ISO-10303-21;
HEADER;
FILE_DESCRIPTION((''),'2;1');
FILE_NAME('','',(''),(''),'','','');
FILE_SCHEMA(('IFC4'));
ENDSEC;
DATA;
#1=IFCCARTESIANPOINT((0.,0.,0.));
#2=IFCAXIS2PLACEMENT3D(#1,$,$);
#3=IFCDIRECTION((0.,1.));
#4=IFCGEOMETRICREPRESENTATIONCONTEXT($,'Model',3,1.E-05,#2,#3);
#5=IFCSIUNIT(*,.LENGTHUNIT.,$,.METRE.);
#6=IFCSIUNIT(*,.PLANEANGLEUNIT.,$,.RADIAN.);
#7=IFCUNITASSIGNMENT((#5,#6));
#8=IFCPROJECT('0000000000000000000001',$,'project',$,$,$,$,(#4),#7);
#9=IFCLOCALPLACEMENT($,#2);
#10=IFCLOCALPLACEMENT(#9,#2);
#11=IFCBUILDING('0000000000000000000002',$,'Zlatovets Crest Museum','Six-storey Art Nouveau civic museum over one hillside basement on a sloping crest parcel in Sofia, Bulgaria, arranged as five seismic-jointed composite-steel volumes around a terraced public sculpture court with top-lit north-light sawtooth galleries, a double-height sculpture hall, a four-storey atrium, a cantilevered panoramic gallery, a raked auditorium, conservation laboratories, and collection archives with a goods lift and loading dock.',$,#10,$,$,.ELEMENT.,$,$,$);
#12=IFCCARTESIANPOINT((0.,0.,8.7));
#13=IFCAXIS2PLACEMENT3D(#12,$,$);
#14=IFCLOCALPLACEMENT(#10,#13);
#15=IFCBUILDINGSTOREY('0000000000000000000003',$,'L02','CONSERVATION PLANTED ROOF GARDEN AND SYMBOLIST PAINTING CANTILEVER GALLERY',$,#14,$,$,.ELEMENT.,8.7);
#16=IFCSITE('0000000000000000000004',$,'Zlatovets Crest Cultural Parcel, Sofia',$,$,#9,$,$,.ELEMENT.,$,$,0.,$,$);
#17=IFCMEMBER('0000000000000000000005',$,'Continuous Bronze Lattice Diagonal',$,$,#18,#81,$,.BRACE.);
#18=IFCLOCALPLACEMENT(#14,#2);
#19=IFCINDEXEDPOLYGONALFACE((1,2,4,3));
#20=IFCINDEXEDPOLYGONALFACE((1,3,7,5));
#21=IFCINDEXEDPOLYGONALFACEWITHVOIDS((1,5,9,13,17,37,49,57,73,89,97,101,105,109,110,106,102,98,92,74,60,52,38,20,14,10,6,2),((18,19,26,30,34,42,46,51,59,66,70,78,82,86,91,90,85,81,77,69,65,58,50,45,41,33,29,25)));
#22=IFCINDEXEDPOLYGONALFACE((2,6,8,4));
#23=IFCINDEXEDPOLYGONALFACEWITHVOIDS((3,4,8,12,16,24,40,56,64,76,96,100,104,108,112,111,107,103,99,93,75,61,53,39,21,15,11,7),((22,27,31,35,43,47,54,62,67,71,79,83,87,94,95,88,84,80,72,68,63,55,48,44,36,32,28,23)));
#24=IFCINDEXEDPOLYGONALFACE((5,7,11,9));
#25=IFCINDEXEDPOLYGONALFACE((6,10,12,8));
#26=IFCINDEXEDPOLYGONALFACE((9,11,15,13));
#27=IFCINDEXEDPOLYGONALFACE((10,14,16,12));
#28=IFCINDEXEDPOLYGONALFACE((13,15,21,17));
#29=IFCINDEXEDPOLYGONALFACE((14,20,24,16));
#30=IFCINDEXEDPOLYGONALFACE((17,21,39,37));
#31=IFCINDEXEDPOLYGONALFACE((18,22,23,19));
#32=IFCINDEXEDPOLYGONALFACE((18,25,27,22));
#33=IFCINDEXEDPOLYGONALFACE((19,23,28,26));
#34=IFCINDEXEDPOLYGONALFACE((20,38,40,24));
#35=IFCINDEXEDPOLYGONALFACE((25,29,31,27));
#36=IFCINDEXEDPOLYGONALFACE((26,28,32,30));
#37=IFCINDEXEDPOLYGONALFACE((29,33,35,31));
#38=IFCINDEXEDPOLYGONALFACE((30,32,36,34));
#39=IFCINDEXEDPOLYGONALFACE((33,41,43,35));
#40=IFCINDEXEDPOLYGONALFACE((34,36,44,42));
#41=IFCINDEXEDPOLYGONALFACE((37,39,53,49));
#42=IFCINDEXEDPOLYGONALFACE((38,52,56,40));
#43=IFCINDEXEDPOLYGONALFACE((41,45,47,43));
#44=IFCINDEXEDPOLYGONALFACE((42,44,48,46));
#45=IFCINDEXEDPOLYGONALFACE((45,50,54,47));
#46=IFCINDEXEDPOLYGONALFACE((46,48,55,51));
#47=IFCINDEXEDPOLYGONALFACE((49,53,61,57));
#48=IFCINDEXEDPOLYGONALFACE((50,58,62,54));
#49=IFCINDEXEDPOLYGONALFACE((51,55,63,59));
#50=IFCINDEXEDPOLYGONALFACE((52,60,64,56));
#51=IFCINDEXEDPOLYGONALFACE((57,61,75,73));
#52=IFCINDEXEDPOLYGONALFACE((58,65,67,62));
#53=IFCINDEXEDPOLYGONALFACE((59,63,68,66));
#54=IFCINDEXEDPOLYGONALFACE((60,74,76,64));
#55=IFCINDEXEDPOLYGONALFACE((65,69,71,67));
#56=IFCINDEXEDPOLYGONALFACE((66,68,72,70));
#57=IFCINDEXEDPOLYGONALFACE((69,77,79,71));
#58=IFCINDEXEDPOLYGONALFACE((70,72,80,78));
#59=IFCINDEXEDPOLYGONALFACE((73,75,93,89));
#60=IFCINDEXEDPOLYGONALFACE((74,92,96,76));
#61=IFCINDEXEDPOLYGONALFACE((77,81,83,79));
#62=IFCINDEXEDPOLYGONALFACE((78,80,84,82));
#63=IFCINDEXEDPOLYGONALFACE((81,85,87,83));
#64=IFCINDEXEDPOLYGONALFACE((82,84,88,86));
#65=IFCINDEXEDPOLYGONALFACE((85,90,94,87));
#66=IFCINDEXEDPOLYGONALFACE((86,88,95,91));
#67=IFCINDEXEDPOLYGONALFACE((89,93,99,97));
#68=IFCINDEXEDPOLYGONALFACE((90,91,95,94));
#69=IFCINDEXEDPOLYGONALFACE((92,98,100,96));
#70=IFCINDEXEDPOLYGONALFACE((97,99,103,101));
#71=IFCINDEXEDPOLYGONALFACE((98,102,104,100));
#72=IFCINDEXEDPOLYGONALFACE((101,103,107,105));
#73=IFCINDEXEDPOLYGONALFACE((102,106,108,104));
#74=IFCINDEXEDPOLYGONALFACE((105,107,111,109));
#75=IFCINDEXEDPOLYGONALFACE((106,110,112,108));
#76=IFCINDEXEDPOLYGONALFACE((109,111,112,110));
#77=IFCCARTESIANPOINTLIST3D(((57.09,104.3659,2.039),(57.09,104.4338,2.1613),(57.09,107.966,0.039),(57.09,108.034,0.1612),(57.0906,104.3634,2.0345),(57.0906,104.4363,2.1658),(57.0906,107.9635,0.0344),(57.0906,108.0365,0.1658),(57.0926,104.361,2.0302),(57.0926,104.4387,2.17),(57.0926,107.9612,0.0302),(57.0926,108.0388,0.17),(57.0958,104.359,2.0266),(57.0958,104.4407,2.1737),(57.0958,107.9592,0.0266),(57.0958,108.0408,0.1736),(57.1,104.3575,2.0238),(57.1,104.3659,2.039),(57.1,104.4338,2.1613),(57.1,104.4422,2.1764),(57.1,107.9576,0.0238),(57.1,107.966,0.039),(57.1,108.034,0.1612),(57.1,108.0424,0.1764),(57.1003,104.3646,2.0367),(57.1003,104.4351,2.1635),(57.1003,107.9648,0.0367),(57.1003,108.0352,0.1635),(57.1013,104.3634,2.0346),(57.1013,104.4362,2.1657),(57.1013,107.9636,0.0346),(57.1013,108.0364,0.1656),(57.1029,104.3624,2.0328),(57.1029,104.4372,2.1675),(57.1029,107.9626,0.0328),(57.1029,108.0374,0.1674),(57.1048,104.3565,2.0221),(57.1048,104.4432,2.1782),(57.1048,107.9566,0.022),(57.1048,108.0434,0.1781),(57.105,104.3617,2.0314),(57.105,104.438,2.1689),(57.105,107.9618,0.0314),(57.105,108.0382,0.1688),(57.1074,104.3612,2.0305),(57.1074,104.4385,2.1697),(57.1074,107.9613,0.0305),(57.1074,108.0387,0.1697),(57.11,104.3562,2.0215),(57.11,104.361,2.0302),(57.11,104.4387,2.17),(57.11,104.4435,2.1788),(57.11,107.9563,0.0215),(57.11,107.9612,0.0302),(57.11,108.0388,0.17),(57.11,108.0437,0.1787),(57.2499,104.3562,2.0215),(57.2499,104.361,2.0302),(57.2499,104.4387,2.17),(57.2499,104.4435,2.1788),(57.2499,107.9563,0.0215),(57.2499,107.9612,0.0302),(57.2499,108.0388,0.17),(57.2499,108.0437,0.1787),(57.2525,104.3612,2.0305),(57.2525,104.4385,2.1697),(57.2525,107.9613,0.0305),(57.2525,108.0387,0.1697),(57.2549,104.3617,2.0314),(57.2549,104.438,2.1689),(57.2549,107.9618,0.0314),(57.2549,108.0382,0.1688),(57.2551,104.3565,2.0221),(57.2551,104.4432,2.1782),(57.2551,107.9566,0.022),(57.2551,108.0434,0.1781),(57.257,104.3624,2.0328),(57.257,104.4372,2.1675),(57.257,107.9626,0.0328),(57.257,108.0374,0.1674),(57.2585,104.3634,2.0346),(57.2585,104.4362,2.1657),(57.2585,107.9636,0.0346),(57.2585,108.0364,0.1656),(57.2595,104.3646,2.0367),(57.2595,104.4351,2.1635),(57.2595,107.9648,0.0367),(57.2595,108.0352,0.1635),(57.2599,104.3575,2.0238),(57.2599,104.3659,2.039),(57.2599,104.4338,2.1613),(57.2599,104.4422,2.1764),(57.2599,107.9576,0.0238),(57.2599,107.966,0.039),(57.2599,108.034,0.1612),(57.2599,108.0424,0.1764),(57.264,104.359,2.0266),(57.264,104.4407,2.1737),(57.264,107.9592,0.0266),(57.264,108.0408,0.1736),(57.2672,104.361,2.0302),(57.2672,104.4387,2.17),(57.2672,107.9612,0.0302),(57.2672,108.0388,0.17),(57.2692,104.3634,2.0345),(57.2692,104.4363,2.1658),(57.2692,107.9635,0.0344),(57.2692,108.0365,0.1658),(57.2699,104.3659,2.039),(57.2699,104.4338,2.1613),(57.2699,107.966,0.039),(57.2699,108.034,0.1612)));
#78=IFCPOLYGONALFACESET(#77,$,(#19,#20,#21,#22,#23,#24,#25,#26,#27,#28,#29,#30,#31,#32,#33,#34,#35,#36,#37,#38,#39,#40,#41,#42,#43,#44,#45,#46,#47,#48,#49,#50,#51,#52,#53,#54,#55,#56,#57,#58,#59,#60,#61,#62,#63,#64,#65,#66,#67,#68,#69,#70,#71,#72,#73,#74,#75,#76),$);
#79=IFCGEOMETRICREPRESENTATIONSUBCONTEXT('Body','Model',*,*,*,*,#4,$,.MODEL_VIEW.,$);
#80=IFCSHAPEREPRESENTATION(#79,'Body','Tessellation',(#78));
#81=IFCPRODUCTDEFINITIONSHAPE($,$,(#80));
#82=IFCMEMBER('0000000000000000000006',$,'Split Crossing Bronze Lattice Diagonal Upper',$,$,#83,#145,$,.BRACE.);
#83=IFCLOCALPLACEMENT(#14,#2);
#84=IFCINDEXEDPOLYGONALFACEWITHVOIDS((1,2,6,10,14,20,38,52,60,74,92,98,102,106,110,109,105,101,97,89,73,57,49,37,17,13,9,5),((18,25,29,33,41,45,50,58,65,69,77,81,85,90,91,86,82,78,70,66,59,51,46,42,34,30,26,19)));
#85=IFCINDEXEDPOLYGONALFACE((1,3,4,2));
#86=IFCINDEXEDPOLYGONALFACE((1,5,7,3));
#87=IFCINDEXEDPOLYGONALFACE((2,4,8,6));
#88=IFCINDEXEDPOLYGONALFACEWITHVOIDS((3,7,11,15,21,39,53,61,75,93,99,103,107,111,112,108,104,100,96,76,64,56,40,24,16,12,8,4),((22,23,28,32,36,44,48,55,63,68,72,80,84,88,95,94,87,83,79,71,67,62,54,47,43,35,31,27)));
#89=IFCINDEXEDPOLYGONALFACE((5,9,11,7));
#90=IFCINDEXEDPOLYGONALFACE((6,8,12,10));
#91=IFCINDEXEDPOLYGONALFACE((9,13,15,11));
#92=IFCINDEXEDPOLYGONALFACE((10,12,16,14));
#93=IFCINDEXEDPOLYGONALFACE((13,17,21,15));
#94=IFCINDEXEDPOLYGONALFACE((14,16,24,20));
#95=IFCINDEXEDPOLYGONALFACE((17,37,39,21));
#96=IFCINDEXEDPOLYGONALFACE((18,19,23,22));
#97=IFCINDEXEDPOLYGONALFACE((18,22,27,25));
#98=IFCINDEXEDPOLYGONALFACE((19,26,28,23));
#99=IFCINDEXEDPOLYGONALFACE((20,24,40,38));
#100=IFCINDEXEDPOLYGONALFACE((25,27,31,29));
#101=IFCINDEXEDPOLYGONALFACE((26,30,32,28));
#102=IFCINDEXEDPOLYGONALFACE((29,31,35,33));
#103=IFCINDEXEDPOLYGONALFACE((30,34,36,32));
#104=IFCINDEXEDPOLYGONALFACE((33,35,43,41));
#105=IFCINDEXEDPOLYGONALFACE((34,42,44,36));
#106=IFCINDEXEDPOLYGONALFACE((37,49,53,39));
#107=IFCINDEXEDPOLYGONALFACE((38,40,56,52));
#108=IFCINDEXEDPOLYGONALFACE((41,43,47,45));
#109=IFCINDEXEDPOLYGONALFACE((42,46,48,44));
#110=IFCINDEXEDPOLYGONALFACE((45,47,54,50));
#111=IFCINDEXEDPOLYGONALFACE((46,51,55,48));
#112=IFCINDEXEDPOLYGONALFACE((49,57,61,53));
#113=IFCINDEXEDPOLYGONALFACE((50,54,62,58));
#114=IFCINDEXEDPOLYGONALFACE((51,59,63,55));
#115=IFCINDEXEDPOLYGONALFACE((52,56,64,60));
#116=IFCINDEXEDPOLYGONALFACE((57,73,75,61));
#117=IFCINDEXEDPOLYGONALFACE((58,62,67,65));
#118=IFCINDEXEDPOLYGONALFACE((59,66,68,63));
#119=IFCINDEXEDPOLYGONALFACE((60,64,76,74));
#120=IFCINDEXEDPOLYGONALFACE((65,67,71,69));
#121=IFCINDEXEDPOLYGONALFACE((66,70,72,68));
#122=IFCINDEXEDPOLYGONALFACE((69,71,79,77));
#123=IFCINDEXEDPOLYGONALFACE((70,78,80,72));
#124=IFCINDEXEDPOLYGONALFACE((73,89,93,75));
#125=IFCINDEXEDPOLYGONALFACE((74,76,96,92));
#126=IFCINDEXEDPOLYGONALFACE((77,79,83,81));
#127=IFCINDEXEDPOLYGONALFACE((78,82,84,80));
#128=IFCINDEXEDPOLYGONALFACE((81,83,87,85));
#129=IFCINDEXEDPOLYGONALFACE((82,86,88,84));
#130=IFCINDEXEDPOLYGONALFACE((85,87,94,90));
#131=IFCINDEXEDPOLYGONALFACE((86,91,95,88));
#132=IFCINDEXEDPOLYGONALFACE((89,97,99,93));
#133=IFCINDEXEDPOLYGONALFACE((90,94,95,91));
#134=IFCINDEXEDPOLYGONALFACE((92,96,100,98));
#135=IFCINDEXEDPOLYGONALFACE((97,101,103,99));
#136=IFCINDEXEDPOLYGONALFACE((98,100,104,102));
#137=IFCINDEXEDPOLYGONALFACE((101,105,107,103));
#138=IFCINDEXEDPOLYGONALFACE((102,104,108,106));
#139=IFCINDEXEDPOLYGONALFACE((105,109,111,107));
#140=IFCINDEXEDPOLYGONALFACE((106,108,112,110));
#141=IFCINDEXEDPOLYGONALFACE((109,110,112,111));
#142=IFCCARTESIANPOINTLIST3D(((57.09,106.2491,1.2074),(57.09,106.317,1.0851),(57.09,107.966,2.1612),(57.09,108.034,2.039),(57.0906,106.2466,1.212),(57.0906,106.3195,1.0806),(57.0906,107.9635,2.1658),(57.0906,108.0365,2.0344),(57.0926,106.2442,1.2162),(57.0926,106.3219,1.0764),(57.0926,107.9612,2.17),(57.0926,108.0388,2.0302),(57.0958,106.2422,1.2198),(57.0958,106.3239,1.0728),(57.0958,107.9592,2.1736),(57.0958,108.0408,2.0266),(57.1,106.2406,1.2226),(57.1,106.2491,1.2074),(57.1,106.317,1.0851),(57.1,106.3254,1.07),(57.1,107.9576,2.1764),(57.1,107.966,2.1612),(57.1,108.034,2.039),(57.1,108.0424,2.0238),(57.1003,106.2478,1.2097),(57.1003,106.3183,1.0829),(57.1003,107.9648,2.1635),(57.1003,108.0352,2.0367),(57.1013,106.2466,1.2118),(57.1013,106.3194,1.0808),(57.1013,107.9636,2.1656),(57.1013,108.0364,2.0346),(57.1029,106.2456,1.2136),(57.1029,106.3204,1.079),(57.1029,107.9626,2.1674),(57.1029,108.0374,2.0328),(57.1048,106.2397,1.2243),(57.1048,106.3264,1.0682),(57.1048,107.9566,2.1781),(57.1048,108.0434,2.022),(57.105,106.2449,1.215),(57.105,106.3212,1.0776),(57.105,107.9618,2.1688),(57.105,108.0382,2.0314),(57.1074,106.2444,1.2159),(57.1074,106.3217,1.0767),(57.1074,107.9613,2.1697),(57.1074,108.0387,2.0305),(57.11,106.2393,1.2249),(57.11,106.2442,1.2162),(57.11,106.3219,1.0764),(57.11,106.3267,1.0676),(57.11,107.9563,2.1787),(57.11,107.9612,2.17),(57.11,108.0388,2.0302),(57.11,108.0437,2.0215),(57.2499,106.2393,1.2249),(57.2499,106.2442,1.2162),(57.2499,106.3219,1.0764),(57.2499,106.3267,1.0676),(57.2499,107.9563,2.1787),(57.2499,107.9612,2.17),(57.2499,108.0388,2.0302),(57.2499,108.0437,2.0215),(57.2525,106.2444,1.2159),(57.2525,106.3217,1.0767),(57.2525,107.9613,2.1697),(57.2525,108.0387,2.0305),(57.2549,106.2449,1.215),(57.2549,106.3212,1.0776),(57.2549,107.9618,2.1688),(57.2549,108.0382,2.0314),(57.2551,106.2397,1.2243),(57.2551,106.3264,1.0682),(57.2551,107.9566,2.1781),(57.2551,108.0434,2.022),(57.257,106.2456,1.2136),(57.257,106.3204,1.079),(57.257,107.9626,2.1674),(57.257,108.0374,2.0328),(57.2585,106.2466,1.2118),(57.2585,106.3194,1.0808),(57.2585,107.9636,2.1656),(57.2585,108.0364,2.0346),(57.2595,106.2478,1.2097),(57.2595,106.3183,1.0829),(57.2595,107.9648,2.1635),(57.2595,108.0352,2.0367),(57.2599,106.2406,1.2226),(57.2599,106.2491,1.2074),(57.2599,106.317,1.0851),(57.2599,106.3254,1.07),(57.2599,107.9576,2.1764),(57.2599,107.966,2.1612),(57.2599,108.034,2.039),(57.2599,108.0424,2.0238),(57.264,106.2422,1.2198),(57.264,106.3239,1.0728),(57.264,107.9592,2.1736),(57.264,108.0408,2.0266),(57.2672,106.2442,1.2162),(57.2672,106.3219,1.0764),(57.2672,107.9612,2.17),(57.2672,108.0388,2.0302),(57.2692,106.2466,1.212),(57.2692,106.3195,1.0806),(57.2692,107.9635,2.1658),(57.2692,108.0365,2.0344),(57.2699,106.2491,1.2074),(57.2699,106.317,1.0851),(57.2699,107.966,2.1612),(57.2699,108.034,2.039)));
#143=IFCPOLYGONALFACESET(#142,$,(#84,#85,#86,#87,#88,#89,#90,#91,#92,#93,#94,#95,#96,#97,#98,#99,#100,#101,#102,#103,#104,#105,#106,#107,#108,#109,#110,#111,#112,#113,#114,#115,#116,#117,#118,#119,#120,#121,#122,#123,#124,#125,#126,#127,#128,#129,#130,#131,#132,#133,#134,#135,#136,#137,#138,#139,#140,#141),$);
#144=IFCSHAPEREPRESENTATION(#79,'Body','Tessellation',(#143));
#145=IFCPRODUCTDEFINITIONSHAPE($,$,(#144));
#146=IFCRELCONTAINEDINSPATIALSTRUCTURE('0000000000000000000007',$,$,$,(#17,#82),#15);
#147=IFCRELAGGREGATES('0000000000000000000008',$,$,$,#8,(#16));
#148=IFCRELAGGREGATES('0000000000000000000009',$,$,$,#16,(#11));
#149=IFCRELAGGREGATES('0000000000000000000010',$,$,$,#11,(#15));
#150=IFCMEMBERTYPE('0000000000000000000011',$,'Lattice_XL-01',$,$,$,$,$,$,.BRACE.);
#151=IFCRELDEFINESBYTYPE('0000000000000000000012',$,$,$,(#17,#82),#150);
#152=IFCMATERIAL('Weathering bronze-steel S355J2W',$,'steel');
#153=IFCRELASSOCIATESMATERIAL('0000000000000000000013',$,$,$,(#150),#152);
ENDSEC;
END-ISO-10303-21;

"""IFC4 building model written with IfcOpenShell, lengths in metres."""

from ifc_helpers import new_model, si_unit, direction, frame, origin, origin_2d, place, context, subcontext, project, spatial, hollow_rectangle, extrude, material, material_profile, profile_set, type_object, element, save


model = new_model("IFC4")

# Units and contexts
model_context = context("Model", 3, precision=1e-05, world=origin(), true_north=direction((0.0, 1.0)))
body_context = subcontext(model_context, "Body", "Model", "MODEL_VIEW")
ifc_project = project(units=[si_unit("LENGTHUNIT", "METRE"), si_unit("PLANEANGLEUNIT", "RADIAN")], contexts=[model_context])

# Site, building, storey
site_placement = place(None, origin())
site = spatial("IfcSite", under=ifc_project, at=site_placement, Name="Zlatovets Crest Cultural Parcel, Sofia", CompositionType="ELEMENT", RefElevation=0.0)
building_placement = place(site_placement, origin())
building = spatial("IfcBuilding", under=site, at=building_placement, Name="Zlatovets Crest Museum", Description="Six-storey Art Nouveau civic museum over one hillside basement on a sloping crest parcel in Sofia, Bulgaria, arranged as five seismic-jointed composite-steel volumes around a terraced public sculpture court with top-lit north-light sawtooth galleries, a double-height sculpture hall, a four-storey atrium, a cantilevered panoramic gallery, a raked auditorium, conservation laboratories, and collection archives with a goods lift and loading dock.", CompositionType="ELEMENT")
storey_placement = place(building_placement, frame((0.0, 0.0, 8.7)))
storey = spatial("IfcBuildingStorey", under=building, at=storey_placement, Name="L02", Description="CONSERVATION PLANTED ROOF GARDEN AND SYMBOLIST PAINTING CANTILEVER GALLERY", CompositionType="ELEMENT", Elevation=8.7)

# Members
ifc_material_1 = material(Name="Weathering bronze-steel S355J2W", Category="steel")
ifc_material_profile_1 = material_profile(ifc_material_1, hollow_rectangle(XDim=0.1799, YDim=0.1799, WallThickness=0.01, InnerFilletRadius=0.01, OuterFilletRadius=0.02, at=origin_2d()), Name="SHS 180x180x10.0")
ifc_profile_set_1 = profile_set([ifc_material_profile_1], Name="Weathering bronze-steel S355J2W")
member_type_1 = type_object("IfcMemberType", Name="Lattice_XL-01", PredefinedType="BRACE", material=ifc_profile_set_1)
member_1_placement = place(storey_placement, frame((57.1799, 108.0, 0.1001), z_axis=(0.0, -0.874163, 0.485633), x_axis=(1.0, 0.0, 0.0)))
element("IfcMember", 1, at=member_1_placement, inside=storey, type_object=member_type_1, Name="Continuous Bronze Lattice Diagonal", PredefinedType="BRACE", context=body_context, shape_type="SweptSolid", body=[
    extrude(hollow_rectangle(XDim=0.1799, YDim=0.1799, WallThickness=0.01, InnerFilletRadius=0.01, OuterFilletRadius=0.02, at=origin_2d()), origin(), (0.0, 0.0, 1.0), 4.1184),
])
for number, where, z_axis, x_axis, name in (
    (2, (57.1799, 108.0, 2.1001), (0.0, -0.874169, -0.485622), (1.0, 0.0, 0.0), "Split Crossing Bronze Lattice Diagonal Upper"),
):
    element("IfcMember", number, at=place(storey_placement, frame(where, z_axis=z_axis, x_axis=x_axis)), inside=storey, type_object=member_type_1, Name=name, PredefinedType="BRACE", context=body_context, shape_type="SweptSolid", body=[
        extrude(hollow_rectangle(XDim=0.1799, YDim=0.1799, WallThickness=0.01, InnerFilletRadius=0.01, OuterFilletRadius=0.02, at=origin_2d()), origin(), (0.0, 0.0, 1.0), 1.9641),
    ])

save(model, "model.ifc")
